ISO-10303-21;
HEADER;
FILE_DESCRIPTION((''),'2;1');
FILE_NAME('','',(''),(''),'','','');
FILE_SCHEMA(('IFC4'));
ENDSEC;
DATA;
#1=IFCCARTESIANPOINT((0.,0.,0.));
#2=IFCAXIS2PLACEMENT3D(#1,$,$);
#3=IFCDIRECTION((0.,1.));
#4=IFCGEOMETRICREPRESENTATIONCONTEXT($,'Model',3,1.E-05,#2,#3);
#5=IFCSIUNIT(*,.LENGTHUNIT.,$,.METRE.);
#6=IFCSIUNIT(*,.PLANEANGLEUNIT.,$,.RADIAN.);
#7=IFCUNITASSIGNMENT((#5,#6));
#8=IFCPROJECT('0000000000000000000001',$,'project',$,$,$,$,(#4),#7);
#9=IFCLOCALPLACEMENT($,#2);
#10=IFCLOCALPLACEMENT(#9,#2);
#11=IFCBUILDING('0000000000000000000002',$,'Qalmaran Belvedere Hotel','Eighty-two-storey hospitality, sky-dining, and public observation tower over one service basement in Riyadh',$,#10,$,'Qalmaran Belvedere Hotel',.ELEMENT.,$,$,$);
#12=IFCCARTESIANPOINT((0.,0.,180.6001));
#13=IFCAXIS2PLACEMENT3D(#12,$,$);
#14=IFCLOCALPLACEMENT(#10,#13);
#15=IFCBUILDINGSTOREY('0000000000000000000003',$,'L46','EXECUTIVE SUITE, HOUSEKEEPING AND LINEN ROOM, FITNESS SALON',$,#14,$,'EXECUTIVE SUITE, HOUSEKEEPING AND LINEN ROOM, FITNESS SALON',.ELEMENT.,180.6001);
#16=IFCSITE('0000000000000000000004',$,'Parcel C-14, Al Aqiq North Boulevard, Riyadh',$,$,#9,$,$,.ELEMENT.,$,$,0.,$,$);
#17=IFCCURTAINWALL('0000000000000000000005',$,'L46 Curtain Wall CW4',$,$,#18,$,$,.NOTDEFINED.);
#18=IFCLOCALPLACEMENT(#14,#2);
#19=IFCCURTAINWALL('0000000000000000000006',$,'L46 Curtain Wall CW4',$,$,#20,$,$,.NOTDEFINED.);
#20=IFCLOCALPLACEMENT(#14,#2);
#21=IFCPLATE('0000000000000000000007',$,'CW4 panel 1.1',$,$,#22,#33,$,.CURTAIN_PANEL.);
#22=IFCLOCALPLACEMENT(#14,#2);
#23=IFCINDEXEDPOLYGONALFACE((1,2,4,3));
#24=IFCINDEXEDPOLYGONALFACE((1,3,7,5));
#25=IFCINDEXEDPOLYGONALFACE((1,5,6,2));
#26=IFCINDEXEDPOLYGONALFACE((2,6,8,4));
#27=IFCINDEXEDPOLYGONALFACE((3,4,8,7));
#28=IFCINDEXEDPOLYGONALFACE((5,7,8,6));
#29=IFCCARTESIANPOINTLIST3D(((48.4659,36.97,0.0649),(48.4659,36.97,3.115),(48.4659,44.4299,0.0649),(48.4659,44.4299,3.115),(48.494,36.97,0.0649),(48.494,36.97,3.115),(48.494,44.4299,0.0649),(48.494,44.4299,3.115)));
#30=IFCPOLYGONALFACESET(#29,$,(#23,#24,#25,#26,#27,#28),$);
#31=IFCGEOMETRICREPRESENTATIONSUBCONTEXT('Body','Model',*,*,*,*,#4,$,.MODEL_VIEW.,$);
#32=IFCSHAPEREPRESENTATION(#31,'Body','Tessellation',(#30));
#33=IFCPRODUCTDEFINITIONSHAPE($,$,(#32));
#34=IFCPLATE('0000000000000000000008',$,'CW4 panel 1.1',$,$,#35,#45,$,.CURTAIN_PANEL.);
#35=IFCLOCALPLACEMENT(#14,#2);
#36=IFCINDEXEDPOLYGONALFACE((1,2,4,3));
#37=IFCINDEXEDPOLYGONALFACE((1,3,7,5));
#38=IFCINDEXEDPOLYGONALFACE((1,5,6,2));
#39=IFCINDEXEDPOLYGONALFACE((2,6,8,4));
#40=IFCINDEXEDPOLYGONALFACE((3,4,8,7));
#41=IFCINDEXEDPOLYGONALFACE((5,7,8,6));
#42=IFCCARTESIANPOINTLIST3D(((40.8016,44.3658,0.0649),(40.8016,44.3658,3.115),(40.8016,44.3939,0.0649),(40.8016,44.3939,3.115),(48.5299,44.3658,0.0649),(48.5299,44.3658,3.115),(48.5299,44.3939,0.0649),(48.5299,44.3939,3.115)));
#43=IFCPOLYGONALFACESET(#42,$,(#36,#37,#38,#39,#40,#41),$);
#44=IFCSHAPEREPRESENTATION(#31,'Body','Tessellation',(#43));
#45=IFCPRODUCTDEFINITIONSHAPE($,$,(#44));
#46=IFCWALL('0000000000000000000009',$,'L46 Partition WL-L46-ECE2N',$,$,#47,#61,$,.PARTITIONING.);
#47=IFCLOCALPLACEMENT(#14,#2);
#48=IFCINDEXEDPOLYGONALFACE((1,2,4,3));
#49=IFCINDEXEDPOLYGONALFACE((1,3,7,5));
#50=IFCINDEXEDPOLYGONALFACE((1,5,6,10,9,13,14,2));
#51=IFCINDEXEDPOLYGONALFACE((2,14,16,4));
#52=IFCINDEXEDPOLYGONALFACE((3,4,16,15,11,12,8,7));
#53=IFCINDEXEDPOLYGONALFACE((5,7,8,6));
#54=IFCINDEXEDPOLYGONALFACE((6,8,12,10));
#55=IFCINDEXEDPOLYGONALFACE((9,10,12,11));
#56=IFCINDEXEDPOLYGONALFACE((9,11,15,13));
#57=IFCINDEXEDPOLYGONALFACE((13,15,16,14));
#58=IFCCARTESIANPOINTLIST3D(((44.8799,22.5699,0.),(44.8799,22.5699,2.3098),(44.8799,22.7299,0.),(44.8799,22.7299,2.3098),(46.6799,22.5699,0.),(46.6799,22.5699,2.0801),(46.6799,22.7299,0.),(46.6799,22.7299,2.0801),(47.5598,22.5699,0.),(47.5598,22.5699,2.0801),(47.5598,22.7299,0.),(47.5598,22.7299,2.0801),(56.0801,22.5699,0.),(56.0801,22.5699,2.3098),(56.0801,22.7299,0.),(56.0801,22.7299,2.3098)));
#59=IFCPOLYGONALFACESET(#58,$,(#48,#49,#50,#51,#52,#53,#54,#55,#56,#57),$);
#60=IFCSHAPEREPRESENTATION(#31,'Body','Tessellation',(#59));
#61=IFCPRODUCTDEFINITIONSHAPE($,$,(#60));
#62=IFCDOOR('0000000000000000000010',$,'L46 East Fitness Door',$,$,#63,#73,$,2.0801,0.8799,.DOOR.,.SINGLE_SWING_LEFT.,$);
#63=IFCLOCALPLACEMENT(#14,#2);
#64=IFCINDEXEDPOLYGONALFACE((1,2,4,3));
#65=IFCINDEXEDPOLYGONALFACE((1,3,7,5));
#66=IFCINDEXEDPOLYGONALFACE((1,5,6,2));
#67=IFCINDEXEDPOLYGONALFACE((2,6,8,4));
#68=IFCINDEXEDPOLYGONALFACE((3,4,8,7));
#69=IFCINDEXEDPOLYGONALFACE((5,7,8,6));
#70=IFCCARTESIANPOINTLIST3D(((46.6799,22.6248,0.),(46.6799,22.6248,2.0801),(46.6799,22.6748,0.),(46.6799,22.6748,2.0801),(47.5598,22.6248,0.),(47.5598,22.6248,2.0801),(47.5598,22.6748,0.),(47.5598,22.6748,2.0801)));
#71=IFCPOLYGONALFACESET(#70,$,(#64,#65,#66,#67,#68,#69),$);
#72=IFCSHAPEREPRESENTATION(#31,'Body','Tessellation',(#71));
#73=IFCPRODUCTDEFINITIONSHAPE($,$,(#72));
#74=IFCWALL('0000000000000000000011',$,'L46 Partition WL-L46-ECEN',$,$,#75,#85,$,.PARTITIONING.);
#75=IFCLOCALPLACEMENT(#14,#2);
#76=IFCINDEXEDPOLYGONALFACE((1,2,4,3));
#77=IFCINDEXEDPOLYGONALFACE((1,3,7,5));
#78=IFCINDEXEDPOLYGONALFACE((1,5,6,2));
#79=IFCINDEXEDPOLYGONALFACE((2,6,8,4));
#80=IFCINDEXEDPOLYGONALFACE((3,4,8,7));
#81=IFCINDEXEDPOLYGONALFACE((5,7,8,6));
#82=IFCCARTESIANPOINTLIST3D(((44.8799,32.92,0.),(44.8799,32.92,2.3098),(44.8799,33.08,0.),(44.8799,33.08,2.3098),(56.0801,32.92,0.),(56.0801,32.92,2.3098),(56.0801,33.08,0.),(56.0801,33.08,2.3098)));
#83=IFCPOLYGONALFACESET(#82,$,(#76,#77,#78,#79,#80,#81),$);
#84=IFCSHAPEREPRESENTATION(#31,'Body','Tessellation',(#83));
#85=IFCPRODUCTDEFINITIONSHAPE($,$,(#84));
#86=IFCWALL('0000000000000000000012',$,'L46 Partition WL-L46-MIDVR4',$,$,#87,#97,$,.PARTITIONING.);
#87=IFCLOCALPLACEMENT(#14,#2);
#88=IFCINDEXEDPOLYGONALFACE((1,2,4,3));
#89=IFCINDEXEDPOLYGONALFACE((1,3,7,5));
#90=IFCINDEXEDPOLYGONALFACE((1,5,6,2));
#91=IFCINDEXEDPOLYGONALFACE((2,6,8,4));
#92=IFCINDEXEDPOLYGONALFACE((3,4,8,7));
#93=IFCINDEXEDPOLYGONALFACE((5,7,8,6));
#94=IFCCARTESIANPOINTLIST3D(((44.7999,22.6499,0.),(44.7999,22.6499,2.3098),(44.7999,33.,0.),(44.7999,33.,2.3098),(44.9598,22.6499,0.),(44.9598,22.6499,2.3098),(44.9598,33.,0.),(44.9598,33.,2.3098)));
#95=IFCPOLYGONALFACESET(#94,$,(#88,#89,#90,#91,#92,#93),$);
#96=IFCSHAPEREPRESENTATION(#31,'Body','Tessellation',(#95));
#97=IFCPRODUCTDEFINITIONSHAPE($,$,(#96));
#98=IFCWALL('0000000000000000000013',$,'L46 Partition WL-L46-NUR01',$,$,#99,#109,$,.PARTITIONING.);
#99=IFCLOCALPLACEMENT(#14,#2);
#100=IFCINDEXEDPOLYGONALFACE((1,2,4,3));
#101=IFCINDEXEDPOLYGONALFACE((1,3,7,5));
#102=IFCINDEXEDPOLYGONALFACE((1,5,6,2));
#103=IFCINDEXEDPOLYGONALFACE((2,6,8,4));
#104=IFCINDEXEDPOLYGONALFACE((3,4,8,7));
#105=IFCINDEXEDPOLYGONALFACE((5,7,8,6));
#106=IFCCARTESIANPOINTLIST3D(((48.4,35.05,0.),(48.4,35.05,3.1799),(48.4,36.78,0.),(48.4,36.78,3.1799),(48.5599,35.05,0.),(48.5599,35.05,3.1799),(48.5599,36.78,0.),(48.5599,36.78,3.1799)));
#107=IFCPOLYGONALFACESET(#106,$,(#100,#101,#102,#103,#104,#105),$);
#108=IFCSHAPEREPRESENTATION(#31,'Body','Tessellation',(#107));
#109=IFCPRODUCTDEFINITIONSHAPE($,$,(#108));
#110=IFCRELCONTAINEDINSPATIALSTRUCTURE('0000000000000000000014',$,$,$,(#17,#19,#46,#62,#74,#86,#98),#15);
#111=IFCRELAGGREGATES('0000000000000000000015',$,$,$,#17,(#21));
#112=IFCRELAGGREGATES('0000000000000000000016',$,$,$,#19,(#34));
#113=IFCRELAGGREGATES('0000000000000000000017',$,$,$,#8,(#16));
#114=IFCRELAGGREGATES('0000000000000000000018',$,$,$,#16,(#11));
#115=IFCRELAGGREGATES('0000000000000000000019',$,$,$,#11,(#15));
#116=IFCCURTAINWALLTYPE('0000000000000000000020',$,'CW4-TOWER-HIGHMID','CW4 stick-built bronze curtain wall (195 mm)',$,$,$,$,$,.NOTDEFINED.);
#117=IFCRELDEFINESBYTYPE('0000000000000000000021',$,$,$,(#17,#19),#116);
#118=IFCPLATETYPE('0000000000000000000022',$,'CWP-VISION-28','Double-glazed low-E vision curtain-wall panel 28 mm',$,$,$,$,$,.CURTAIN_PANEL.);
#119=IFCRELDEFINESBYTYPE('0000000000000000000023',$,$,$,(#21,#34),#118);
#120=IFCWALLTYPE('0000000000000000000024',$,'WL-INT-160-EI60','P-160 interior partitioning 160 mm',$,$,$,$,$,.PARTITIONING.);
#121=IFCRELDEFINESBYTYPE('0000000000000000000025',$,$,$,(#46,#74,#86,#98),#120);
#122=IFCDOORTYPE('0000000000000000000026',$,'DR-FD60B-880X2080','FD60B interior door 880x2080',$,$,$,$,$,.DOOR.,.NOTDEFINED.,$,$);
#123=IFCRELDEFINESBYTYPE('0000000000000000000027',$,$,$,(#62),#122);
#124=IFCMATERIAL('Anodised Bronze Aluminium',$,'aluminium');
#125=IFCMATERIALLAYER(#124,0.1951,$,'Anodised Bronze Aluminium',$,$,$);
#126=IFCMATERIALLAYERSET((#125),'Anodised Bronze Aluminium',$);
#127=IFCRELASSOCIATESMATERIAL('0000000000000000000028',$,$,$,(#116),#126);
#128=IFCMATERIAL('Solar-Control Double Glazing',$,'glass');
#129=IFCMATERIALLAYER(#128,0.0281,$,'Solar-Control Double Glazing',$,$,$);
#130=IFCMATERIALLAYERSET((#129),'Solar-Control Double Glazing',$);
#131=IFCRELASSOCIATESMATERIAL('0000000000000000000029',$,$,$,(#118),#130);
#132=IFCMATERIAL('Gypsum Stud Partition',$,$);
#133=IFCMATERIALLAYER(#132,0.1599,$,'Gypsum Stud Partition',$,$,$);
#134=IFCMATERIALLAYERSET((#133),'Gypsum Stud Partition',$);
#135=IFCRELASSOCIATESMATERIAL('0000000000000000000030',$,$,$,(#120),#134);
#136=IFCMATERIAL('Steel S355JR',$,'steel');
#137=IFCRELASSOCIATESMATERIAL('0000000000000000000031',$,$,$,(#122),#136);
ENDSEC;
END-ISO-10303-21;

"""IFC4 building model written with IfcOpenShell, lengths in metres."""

from ifc_helpers import new_model, si_unit, direction, frame, frame_2d, origin, origin_2d, place, context, subcontext, project, spatial, rectangle, extrude, material, layer, layer_set, type_object, element, fill, aggregate, save


model = new_model("IFC4")

# Units and contexts
model_context = context("Model", 3, precision=1e-05, world=origin(), true_north=direction((0.0, 1.0)))
body_context = subcontext(model_context, "Body", "Model", "MODEL_VIEW")
ifc_project = project(units=[si_unit("LENGTHUNIT", "METRE"), si_unit("PLANEANGLEUNIT", "RADIAN")], contexts=[model_context])

# Site, building, storey
site_placement = place(None, origin())
site = spatial("IfcSite", under=ifc_project, at=site_placement, Name="Parcel C-14, Al Aqiq North Boulevard, Riyadh", CompositionType="ELEMENT", RefElevation=0.0)
building_placement = place(site_placement, origin())
building = spatial("IfcBuilding", under=site, at=building_placement, Name="Qalmaran Belvedere Hotel", Description="Eighty-two-storey hospitality, sky-dining, and public observation tower over one service basement in Riyadh", LongName="Qalmaran Belvedere Hotel", CompositionType="ELEMENT")
storey_placement = place(building_placement, frame((0.0, 0.0, 180.6001)))
storey = spatial("IfcBuildingStorey", under=building, at=storey_placement, Name="L46", Description="EXECUTIVE SUITE, HOUSEKEEPING AND LINEN ROOM, FITNESS SALON", LongName="EXECUTIVE SUITE, HOUSEKEEPING AND LINEN ROOM, FITNESS SALON", CompositionType="ELEMENT", Elevation=180.6001)

# Shared definitions
ifc_material_1 = material(Name="Steel S355JR", Category="steel")

# Curtain walls
ifc_material_2 = material(Name="Anodised Bronze Aluminium", Category="aluminium")
ifc_layer_1 = layer(ifc_material_2, 0.1951, Name="Anodised Bronze Aluminium")
ifc_layer_set_1 = layer_set([ifc_layer_1], Name="Anodised Bronze Aluminium")
curtain_wall_type = type_object("IfcCurtainWallType", Name="CW4-TOWER-HIGHMID", Description="CW4 stick-built bronze curtain wall (195 mm)", PredefinedType="NOTDEFINED", material=ifc_layer_set_1)
curtain_wall_1_placement = place(storey_placement, origin())
curtain_wall_1 = element("IfcCurtainWall", 1, at=curtain_wall_1_placement, inside=storey, type_object=curtain_wall_type, Name="L46 Curtain Wall CW4", PredefinedType="NOTDEFINED")
curtain_wall_2_placement = place(storey_placement, origin())
curtain_wall_2 = element("IfcCurtainWall", 2, at=curtain_wall_2_placement, inside=storey, type_object=curtain_wall_type, Name="L46 Curtain Wall CW4", PredefinedType="NOTDEFINED")

# Plates
ifc_material_3 = material(Name="Solar-Control Double Glazing", Category="glass")
ifc_layer_2 = layer(ifc_material_3, 0.0281, Name="Solar-Control Double Glazing")
ifc_layer_set_2 = layer_set([ifc_layer_2], Name="Solar-Control Double Glazing")
plate_type = type_object("IfcPlateType", Name="CWP-VISION-28", Description="Double-glazed low-E vision curtain-wall panel 28 mm", PredefinedType="CURTAIN_PANEL", material=ifc_layer_set_2)
plate_1_placement = place(storey_placement, frame((48.48, 40.7, 0.0649), z_axis=(0.0, 0.0, 1.0), x_axis=(0.0, 1.0, 0.0)))
plate_1 = element("IfcPlate", 3, at=plate_1_placement, type_object=plate_type, Name="CW4 panel 1.1", PredefinedType="CURTAIN_PANEL", context=body_context, shape_type="SweptSolid", body=[
    extrude(rectangle(XDim=7.46, YDim=0.0281, at=origin_2d()), origin(), (0.0, 0.0, 1.0), 3.05),
])
aggregate(curtain_wall_1, [plate_1])
plate_2_placement = place(storey_placement, frame((44.6658, 44.3799, 0.0649), z_axis=(0.0, 0.0, 1.0), x_axis=(-1.0, 0.0, 0.0)))
plate_2 = element("IfcPlate", 4, at=plate_2_placement, type_object=plate_type, Name="CW4 panel 1.1", PredefinedType="CURTAIN_PANEL", context=body_context, shape_type="SweptSolid", body=[
    extrude(rectangle(XDim=7.7283, YDim=0.0281, at=origin_2d()), origin(), (0.0, 0.0, 1.0), 3.05),
])
aggregate(curtain_wall_2, [plate_2])

# Wall, opening, door
ifc_material_4 = material(Name="Gypsum Stud Partition")
ifc_layer_3 = layer(ifc_material_4, 0.1599, Name="Gypsum Stud Partition")
ifc_layer_set_3 = layer_set([ifc_layer_3], Name="Gypsum Stud Partition")
wall_type = type_object("IfcWallType", Name="WL-INT-160-EI60", Description="P-160 interior partitioning 160 mm", PredefinedType="PARTITIONING", material=ifc_layer_set_3)
wall_1_placement = place(storey_placement, frame((44.8799, 22.6499, 0.0), z_axis=(0.0, 0.0, 1.0), x_axis=(1.0, 0.0, 0.0)))
wall_1 = element("IfcWall", 5, at=wall_1_placement, inside=storey, type_object=wall_type, Name="L46 Partition WL-L46-ECE2N", PredefinedType="PARTITIONING", context=body_context, shape_type="SweptSolid", body=[
    extrude(rectangle(XDim=11.2002, YDim=0.1599, at=frame_2d((5.6001, 0.0))), origin(), (0.0, 0.0, 1.0), 2.3098),
])
opening_placement = place(wall_1_placement, frame((1.8, 0.0, 0.0)))
opening = element("IfcOpeningElement", 6, at=opening_placement, cuts=wall_1, PredefinedType="OPENING", context=body_context, shape_type="SweptSolid", body=[
    extrude(rectangle(XDim=0.8799, YDim=2.0801, at=frame_2d((0.4399, 1.04))), frame((0.0, 0.0898, 0.0), z_axis=(0.0, -1.0, 0.0), x_axis=(1.0, 0.0, 0.0)), (0.0, 0.0, 1.0), 0.1799),
])
door_type = type_object("IfcDoorType", Name="DR-FD60B-880X2080", Description="FD60B interior door 880x2080", OperationType="NOTDEFINED", PredefinedType="DOOR", material=ifc_material_1)
door_placement = place(opening_placement, origin())
door = element("IfcDoor", 7, at=door_placement, inside=storey, type_object=door_type, Name="L46 East Fitness Door", OperationType="SINGLE_SWING_LEFT", OverallHeight=2.0801, OverallWidth=0.8799, PredefinedType="DOOR", context=body_context, shape_type="SweptSolid", body=[
    extrude(rectangle(XDim=0.8799, YDim=2.0801, at=frame_2d((0.4399, 1.04))), frame((0.0, 0.0249, 0.0), z_axis=(0.0, -1.0, 0.0), x_axis=(1.0, 0.0, 0.0)), (0.0, 0.0, 1.0), 0.05),
])
fill(opening, door)

# Walls
wall_2_placement = place(storey_placement, frame((44.8799, 33.0, 0.0), z_axis=(0.0, 0.0, 1.0), x_axis=(1.0, 0.0, 0.0)))
element("IfcWall", 8, at=wall_2_placement, inside=storey, type_object=wall_type, Name="L46 Partition WL-L46-ECEN", PredefinedType="PARTITIONING", context=body_context, shape_type="SweptSolid", body=[
    extrude(rectangle(XDim=11.2002, YDim=0.1599, at=frame_2d((5.6001, 0.0))), origin(), (0.0, 0.0, 1.0), 2.3098),
])
wall_3_placement = place(storey_placement, frame((44.8799, 22.6499, 0.0), z_axis=(0.0, 0.0, 1.0), x_axis=(0.0, 1.0, 0.0)))
element("IfcWall", 9, at=wall_3_placement, inside=storey, type_object=wall_type, Name="L46 Partition WL-L46-MIDVR4", PredefinedType="PARTITIONING", context=body_context, shape_type="SweptSolid", body=[
    extrude(rectangle(XDim=10.3501, YDim=0.1599, at=frame_2d((5.175, 0.0))), origin(), (0.0, 0.0, 1.0), 2.3098),
])
wall_4_placement = place(storey_placement, frame((48.48, 35.05, 0.0), z_axis=(0.0, 0.0, 1.0), x_axis=(0.0, 1.0, 0.0)))
element("IfcWall", 10, at=wall_4_placement, inside=storey, type_object=wall_type, Name="L46 Partition WL-L46-NUR01", PredefinedType="PARTITIONING", context=body_context, shape_type="SweptSolid", body=[
    extrude(rectangle(XDim=1.73, YDim=0.1599, at=frame_2d((0.865, 0.0))), origin(), (0.0, 0.0, 1.0), 3.1799),
])

save(model, "model.ifc")
